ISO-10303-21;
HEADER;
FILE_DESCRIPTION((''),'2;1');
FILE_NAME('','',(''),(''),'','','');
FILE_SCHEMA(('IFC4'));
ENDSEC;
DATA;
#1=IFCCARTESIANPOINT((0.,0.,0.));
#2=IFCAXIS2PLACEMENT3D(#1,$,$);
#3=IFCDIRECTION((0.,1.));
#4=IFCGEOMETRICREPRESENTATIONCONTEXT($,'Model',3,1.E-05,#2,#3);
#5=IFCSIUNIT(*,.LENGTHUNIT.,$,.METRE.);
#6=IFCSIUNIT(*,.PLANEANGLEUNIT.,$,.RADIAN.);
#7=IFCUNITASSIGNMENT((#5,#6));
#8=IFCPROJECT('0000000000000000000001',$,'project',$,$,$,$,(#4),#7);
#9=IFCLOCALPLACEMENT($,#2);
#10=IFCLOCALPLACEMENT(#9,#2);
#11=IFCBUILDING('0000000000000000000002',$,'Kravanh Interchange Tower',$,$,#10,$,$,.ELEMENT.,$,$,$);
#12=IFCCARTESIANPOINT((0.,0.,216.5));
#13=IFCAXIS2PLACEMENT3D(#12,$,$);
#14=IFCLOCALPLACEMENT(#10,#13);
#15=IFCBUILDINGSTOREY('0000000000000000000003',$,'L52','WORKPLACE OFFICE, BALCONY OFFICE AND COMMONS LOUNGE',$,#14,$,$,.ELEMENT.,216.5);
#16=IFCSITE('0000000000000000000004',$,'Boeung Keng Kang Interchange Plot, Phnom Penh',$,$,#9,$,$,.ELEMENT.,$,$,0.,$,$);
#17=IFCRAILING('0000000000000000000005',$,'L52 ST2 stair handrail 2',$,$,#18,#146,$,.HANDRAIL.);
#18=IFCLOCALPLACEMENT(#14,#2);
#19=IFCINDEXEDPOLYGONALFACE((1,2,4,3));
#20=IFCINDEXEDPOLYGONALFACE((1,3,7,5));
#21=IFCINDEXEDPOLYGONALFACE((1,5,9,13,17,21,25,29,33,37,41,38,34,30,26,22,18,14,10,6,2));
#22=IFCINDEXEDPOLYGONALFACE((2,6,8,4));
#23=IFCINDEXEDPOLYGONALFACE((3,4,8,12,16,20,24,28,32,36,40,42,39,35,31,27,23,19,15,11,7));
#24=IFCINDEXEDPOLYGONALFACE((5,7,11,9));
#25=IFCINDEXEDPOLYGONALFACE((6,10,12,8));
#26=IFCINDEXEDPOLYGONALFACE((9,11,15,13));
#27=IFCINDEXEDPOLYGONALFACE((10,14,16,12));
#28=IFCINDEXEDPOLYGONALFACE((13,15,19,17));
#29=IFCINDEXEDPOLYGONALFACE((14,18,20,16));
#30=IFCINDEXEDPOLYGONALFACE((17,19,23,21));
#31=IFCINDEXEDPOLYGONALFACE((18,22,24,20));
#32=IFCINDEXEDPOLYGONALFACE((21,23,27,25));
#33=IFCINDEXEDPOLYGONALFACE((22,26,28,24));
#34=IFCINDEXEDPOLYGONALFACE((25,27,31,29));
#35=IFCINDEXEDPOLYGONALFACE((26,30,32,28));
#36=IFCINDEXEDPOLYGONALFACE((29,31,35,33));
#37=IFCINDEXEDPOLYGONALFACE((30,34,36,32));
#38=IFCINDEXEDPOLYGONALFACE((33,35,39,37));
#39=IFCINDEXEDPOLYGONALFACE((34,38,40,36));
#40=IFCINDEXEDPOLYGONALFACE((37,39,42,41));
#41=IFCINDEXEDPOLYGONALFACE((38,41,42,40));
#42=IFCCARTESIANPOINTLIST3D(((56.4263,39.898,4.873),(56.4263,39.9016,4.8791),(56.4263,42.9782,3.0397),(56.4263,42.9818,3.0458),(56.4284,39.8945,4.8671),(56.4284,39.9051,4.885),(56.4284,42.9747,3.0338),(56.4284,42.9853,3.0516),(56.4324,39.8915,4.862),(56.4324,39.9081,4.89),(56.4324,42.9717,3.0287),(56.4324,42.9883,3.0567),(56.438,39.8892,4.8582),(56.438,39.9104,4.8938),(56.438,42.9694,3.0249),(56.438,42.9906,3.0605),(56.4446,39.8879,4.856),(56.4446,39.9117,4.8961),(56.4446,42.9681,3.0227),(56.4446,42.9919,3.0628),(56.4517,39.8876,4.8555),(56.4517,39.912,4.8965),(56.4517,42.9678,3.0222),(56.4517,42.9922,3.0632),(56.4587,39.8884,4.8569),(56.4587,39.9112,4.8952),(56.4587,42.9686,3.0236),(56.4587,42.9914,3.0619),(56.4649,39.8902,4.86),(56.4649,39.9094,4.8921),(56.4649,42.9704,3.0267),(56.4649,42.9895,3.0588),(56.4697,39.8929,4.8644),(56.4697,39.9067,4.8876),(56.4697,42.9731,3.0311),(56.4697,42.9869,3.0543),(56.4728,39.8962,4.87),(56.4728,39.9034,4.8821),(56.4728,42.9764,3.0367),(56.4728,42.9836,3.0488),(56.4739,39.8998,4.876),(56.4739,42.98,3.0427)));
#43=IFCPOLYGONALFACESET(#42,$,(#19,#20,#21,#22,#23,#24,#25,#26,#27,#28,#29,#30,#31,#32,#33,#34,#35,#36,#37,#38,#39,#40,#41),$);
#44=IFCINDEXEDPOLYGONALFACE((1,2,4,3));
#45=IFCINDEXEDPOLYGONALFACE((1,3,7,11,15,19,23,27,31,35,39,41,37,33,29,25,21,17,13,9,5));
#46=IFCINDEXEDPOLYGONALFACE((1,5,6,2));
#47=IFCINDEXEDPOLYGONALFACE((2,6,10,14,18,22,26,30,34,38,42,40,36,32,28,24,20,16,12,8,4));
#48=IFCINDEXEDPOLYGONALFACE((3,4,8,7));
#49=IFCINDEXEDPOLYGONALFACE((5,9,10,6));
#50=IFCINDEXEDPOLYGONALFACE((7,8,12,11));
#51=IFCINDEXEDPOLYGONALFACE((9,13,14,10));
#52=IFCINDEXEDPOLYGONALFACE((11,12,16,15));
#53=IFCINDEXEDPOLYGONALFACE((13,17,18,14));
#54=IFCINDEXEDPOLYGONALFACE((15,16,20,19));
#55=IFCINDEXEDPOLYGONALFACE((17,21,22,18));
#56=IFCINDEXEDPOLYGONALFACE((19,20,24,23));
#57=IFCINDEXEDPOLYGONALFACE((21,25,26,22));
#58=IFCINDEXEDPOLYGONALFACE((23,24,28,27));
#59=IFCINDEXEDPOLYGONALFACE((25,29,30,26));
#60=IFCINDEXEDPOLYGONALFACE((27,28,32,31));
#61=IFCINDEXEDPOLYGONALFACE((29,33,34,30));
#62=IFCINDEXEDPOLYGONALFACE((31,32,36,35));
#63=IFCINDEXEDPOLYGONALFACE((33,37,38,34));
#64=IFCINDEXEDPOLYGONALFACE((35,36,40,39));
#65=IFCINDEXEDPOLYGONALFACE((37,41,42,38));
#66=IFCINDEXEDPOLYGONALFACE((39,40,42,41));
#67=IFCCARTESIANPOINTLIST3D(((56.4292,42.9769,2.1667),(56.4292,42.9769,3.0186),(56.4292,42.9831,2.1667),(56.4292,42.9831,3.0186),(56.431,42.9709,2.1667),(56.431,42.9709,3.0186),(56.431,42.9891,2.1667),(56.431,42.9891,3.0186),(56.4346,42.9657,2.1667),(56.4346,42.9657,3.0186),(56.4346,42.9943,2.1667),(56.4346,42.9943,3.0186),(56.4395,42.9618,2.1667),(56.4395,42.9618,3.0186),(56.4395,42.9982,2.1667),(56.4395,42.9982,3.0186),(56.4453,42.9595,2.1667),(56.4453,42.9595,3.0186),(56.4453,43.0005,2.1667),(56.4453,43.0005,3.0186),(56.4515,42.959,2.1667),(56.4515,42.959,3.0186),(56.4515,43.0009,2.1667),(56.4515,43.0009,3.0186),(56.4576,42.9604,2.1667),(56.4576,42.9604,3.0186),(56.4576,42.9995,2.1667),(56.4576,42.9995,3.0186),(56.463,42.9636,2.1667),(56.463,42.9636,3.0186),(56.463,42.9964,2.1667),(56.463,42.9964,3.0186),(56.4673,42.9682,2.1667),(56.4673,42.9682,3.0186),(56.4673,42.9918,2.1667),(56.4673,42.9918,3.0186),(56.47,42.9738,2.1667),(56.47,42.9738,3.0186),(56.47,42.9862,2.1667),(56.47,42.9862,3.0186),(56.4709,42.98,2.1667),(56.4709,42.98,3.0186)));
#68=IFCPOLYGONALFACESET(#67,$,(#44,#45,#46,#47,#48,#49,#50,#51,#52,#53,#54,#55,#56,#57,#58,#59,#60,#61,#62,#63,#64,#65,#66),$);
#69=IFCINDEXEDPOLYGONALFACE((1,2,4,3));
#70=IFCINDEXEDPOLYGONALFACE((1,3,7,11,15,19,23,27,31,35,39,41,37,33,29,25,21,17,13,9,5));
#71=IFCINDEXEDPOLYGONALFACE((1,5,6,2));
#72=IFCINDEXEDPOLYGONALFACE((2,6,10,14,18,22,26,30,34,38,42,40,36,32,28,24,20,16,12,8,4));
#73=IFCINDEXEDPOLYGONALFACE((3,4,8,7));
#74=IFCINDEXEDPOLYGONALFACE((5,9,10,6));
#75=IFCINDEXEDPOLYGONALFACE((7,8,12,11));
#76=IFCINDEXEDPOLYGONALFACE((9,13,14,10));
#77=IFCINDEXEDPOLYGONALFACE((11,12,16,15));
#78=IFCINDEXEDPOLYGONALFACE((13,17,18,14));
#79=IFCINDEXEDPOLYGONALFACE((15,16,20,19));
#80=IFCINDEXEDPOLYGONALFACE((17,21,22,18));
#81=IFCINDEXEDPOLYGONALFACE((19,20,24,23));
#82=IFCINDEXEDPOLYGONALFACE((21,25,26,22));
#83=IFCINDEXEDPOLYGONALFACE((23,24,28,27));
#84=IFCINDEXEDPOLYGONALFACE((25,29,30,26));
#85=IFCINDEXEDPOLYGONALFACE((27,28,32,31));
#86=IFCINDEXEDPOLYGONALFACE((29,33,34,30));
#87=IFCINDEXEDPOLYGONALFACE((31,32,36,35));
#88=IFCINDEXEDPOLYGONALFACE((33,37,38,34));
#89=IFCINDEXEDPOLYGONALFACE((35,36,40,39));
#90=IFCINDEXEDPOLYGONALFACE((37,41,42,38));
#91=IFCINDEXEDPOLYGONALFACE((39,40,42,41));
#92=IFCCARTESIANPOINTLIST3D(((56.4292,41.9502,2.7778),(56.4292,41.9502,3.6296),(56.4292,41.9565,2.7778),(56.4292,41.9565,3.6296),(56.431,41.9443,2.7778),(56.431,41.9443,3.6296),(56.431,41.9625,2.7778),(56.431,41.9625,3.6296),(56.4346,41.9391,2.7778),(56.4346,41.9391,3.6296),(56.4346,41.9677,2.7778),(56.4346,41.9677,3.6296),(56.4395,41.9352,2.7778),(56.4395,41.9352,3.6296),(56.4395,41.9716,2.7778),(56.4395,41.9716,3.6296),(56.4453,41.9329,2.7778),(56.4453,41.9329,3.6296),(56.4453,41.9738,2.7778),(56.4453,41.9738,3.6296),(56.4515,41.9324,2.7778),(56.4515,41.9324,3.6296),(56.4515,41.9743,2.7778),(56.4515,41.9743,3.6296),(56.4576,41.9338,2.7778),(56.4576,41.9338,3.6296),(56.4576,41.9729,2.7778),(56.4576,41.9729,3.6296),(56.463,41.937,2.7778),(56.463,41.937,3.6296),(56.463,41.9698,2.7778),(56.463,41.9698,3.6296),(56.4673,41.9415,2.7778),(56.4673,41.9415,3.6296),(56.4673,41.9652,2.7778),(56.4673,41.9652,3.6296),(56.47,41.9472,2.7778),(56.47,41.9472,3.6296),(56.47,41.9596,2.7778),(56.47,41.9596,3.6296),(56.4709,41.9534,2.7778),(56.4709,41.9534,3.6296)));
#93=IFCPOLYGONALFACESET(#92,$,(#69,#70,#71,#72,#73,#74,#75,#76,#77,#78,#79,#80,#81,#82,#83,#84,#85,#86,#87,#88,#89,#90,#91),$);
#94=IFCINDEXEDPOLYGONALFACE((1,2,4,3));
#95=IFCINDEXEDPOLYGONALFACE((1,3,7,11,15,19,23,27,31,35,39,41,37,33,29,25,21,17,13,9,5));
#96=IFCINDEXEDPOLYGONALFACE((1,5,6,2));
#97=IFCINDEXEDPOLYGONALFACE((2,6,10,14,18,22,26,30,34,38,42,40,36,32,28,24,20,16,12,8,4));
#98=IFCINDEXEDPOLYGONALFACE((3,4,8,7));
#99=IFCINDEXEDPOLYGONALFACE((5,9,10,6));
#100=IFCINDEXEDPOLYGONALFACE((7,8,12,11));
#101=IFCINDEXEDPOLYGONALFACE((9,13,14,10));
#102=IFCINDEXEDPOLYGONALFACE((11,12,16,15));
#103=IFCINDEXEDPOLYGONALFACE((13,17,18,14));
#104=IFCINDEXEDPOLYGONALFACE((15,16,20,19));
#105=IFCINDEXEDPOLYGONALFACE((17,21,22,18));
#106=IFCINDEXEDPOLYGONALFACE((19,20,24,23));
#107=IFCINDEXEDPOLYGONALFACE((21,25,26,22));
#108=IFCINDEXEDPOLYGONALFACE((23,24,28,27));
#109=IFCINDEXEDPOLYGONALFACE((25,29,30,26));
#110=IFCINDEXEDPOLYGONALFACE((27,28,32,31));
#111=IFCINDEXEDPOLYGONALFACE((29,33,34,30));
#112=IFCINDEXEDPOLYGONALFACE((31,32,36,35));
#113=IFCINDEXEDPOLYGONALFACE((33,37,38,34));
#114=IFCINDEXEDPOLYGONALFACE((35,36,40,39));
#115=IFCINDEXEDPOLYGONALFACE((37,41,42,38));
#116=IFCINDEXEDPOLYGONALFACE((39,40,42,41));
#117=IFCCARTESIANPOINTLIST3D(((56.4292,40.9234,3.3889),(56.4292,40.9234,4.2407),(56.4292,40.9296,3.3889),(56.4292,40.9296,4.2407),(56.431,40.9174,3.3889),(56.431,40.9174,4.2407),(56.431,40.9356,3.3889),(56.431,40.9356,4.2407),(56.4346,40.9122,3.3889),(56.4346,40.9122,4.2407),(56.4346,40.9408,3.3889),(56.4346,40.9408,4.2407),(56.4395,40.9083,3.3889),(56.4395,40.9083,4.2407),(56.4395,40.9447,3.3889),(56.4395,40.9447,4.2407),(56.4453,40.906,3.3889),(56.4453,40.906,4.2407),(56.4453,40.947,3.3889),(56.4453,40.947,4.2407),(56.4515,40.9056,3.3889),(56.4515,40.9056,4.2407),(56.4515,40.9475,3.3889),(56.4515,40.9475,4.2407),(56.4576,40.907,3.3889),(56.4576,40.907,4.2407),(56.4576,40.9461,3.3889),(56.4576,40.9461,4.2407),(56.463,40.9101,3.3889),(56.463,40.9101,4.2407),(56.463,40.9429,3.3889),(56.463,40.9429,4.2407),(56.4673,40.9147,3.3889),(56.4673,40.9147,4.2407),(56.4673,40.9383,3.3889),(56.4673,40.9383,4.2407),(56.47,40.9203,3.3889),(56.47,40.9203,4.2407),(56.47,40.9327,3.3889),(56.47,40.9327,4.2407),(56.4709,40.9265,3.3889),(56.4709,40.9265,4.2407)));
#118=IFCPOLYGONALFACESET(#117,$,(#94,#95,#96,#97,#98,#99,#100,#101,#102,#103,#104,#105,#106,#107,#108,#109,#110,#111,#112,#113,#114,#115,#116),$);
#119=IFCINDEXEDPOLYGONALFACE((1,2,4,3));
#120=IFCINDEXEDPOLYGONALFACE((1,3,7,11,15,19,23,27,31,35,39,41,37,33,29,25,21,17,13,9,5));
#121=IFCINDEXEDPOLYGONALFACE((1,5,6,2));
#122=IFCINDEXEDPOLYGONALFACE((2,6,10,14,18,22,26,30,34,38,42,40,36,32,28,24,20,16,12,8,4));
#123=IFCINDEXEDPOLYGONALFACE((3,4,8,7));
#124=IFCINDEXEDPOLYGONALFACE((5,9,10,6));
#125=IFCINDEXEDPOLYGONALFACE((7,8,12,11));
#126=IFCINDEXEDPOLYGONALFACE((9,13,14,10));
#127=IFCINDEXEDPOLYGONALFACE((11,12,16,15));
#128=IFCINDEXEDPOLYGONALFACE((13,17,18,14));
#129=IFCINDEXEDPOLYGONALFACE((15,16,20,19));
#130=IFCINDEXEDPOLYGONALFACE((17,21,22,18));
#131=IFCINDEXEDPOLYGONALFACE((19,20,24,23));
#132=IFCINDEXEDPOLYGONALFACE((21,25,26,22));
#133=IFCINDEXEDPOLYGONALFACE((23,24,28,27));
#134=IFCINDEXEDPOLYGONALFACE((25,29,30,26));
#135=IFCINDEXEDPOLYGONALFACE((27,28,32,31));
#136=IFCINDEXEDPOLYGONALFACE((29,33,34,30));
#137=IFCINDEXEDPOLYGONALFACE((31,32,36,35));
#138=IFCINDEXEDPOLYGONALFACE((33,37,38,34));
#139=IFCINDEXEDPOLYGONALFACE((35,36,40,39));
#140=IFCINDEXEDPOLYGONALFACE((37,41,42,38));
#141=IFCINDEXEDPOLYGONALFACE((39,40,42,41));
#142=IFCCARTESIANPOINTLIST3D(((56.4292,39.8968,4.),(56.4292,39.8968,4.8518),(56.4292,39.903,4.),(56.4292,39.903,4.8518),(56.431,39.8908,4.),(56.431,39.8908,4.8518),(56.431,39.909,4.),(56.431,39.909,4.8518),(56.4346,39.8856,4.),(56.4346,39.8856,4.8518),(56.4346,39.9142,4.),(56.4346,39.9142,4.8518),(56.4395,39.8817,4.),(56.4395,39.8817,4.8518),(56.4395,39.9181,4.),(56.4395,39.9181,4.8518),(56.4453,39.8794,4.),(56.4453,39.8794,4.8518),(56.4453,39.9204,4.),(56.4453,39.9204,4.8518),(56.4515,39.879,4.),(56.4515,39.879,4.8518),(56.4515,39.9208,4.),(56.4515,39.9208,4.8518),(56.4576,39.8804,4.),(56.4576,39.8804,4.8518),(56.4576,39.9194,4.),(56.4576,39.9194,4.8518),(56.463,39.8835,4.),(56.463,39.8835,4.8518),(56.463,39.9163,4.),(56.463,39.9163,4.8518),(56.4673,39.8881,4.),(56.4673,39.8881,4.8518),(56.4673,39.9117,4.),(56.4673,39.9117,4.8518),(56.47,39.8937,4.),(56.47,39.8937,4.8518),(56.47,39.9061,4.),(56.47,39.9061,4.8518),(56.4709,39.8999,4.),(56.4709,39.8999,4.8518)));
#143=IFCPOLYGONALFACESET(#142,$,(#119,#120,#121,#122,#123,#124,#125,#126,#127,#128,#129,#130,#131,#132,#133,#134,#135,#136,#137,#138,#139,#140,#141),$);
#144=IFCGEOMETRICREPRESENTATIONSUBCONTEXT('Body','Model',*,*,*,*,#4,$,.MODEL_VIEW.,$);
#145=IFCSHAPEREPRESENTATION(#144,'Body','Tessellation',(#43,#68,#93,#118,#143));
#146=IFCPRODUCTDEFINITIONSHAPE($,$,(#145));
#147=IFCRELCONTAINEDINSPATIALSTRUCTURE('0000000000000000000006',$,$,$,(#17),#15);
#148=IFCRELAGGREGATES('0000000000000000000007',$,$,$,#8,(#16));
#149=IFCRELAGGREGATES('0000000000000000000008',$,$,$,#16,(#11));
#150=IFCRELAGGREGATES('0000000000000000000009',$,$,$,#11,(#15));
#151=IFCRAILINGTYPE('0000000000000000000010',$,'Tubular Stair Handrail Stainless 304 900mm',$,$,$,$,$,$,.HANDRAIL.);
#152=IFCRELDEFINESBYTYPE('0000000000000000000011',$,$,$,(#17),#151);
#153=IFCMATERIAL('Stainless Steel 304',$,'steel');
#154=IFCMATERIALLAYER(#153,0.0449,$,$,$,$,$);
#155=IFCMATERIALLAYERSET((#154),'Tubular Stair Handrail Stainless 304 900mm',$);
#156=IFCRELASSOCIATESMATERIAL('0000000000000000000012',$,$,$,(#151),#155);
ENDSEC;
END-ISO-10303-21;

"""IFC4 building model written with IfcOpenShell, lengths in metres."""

from ifc_helpers import new_model, si_unit, direction, frame, origin, origin_2d, place, context, subcontext, project, spatial, circle, extrude, material, layer, layer_set, type_object, element, save


model = new_model("IFC4")

# Units and contexts
model_context = context("Model", 3, precision=1e-05, world=origin(), true_north=direction((0.0, 1.0)))
body_context = subcontext(model_context, "Body", "Model", "MODEL_VIEW")
ifc_project = project(units=[si_unit("LENGTHUNIT", "METRE"), si_unit("PLANEANGLEUNIT", "RADIAN")], contexts=[model_context])

# Site, building, storey
site_placement = place(None, origin())
site = spatial("IfcSite", under=ifc_project, at=site_placement, Name="Boeung Keng Kang Interchange Plot, Phnom Penh", CompositionType="ELEMENT", RefElevation=0.0)
building_placement = place(site_placement, origin())
building = spatial("IfcBuilding", under=site, at=building_placement, Name="Kravanh Interchange Tower", CompositionType="ELEMENT")
storey_placement = place(building_placement, frame((0.0, 0.0, 216.5)))
storey = spatial("IfcBuildingStorey", under=building, at=storey_placement, Name="L52", Description="WORKPLACE OFFICE, BALCONY OFFICE AND COMMONS LOUNGE", CompositionType="ELEMENT", Elevation=216.5)

# Railing
ifc_material_1 = material(Name="Stainless Steel 304", Category="steel")
ifc_layer_1 = layer(ifc_material_1, 0.0449)
ifc_layer_set_1 = layer_set([ifc_layer_1], Name="Tubular Stair Handrail Stainless 304 900mm")
railing_type_1 = type_object("IfcRailingType", Name="Tubular Stair Handrail Stainless 304 900mm", PredefinedType="HANDRAIL", material=ifc_layer_set_1)
railing_1_placement = place(storey_placement, frame((56.45, 42.98, 2.1667)))
element("IfcRailing", 1, at=railing_1_placement, inside=storey, type_object=railing_type_1, Name="L52 ST2 stair handrail 2", PredefinedType="HANDRAIL", context=body_context, shape_type="SweptSolid", body=[
    extrude(circle(Radius=0.0239, at=origin_2d()), frame((0.0, 0.0, 0.876), z_axis=(0.0, -0.859309, 0.511458), x_axis=(1.0, 0.0, 0.0)), (0.0, 0.0, 1.0), 3.5845),
    extrude(circle(Radius=0.021, at=origin_2d()), origin(), (0.0, 0.0, 1.0), 0.8518),
    extrude(circle(Radius=0.021, at=origin_2d()), frame((0.0, -1.0266, 0.6111)), (0.0, 0.0, 1.0), 0.8518),
    extrude(circle(Radius=0.021, at=origin_2d()), frame((0.0, -2.0535, 1.2222)), (0.0, 0.0, 1.0), 0.8518),
    extrude(circle(Radius=0.021, at=origin_2d()), frame((0.0, -3.0801, 1.8333)), (0.0, 0.0, 1.0), 0.8518),
])

save(model, "model.ifc")
